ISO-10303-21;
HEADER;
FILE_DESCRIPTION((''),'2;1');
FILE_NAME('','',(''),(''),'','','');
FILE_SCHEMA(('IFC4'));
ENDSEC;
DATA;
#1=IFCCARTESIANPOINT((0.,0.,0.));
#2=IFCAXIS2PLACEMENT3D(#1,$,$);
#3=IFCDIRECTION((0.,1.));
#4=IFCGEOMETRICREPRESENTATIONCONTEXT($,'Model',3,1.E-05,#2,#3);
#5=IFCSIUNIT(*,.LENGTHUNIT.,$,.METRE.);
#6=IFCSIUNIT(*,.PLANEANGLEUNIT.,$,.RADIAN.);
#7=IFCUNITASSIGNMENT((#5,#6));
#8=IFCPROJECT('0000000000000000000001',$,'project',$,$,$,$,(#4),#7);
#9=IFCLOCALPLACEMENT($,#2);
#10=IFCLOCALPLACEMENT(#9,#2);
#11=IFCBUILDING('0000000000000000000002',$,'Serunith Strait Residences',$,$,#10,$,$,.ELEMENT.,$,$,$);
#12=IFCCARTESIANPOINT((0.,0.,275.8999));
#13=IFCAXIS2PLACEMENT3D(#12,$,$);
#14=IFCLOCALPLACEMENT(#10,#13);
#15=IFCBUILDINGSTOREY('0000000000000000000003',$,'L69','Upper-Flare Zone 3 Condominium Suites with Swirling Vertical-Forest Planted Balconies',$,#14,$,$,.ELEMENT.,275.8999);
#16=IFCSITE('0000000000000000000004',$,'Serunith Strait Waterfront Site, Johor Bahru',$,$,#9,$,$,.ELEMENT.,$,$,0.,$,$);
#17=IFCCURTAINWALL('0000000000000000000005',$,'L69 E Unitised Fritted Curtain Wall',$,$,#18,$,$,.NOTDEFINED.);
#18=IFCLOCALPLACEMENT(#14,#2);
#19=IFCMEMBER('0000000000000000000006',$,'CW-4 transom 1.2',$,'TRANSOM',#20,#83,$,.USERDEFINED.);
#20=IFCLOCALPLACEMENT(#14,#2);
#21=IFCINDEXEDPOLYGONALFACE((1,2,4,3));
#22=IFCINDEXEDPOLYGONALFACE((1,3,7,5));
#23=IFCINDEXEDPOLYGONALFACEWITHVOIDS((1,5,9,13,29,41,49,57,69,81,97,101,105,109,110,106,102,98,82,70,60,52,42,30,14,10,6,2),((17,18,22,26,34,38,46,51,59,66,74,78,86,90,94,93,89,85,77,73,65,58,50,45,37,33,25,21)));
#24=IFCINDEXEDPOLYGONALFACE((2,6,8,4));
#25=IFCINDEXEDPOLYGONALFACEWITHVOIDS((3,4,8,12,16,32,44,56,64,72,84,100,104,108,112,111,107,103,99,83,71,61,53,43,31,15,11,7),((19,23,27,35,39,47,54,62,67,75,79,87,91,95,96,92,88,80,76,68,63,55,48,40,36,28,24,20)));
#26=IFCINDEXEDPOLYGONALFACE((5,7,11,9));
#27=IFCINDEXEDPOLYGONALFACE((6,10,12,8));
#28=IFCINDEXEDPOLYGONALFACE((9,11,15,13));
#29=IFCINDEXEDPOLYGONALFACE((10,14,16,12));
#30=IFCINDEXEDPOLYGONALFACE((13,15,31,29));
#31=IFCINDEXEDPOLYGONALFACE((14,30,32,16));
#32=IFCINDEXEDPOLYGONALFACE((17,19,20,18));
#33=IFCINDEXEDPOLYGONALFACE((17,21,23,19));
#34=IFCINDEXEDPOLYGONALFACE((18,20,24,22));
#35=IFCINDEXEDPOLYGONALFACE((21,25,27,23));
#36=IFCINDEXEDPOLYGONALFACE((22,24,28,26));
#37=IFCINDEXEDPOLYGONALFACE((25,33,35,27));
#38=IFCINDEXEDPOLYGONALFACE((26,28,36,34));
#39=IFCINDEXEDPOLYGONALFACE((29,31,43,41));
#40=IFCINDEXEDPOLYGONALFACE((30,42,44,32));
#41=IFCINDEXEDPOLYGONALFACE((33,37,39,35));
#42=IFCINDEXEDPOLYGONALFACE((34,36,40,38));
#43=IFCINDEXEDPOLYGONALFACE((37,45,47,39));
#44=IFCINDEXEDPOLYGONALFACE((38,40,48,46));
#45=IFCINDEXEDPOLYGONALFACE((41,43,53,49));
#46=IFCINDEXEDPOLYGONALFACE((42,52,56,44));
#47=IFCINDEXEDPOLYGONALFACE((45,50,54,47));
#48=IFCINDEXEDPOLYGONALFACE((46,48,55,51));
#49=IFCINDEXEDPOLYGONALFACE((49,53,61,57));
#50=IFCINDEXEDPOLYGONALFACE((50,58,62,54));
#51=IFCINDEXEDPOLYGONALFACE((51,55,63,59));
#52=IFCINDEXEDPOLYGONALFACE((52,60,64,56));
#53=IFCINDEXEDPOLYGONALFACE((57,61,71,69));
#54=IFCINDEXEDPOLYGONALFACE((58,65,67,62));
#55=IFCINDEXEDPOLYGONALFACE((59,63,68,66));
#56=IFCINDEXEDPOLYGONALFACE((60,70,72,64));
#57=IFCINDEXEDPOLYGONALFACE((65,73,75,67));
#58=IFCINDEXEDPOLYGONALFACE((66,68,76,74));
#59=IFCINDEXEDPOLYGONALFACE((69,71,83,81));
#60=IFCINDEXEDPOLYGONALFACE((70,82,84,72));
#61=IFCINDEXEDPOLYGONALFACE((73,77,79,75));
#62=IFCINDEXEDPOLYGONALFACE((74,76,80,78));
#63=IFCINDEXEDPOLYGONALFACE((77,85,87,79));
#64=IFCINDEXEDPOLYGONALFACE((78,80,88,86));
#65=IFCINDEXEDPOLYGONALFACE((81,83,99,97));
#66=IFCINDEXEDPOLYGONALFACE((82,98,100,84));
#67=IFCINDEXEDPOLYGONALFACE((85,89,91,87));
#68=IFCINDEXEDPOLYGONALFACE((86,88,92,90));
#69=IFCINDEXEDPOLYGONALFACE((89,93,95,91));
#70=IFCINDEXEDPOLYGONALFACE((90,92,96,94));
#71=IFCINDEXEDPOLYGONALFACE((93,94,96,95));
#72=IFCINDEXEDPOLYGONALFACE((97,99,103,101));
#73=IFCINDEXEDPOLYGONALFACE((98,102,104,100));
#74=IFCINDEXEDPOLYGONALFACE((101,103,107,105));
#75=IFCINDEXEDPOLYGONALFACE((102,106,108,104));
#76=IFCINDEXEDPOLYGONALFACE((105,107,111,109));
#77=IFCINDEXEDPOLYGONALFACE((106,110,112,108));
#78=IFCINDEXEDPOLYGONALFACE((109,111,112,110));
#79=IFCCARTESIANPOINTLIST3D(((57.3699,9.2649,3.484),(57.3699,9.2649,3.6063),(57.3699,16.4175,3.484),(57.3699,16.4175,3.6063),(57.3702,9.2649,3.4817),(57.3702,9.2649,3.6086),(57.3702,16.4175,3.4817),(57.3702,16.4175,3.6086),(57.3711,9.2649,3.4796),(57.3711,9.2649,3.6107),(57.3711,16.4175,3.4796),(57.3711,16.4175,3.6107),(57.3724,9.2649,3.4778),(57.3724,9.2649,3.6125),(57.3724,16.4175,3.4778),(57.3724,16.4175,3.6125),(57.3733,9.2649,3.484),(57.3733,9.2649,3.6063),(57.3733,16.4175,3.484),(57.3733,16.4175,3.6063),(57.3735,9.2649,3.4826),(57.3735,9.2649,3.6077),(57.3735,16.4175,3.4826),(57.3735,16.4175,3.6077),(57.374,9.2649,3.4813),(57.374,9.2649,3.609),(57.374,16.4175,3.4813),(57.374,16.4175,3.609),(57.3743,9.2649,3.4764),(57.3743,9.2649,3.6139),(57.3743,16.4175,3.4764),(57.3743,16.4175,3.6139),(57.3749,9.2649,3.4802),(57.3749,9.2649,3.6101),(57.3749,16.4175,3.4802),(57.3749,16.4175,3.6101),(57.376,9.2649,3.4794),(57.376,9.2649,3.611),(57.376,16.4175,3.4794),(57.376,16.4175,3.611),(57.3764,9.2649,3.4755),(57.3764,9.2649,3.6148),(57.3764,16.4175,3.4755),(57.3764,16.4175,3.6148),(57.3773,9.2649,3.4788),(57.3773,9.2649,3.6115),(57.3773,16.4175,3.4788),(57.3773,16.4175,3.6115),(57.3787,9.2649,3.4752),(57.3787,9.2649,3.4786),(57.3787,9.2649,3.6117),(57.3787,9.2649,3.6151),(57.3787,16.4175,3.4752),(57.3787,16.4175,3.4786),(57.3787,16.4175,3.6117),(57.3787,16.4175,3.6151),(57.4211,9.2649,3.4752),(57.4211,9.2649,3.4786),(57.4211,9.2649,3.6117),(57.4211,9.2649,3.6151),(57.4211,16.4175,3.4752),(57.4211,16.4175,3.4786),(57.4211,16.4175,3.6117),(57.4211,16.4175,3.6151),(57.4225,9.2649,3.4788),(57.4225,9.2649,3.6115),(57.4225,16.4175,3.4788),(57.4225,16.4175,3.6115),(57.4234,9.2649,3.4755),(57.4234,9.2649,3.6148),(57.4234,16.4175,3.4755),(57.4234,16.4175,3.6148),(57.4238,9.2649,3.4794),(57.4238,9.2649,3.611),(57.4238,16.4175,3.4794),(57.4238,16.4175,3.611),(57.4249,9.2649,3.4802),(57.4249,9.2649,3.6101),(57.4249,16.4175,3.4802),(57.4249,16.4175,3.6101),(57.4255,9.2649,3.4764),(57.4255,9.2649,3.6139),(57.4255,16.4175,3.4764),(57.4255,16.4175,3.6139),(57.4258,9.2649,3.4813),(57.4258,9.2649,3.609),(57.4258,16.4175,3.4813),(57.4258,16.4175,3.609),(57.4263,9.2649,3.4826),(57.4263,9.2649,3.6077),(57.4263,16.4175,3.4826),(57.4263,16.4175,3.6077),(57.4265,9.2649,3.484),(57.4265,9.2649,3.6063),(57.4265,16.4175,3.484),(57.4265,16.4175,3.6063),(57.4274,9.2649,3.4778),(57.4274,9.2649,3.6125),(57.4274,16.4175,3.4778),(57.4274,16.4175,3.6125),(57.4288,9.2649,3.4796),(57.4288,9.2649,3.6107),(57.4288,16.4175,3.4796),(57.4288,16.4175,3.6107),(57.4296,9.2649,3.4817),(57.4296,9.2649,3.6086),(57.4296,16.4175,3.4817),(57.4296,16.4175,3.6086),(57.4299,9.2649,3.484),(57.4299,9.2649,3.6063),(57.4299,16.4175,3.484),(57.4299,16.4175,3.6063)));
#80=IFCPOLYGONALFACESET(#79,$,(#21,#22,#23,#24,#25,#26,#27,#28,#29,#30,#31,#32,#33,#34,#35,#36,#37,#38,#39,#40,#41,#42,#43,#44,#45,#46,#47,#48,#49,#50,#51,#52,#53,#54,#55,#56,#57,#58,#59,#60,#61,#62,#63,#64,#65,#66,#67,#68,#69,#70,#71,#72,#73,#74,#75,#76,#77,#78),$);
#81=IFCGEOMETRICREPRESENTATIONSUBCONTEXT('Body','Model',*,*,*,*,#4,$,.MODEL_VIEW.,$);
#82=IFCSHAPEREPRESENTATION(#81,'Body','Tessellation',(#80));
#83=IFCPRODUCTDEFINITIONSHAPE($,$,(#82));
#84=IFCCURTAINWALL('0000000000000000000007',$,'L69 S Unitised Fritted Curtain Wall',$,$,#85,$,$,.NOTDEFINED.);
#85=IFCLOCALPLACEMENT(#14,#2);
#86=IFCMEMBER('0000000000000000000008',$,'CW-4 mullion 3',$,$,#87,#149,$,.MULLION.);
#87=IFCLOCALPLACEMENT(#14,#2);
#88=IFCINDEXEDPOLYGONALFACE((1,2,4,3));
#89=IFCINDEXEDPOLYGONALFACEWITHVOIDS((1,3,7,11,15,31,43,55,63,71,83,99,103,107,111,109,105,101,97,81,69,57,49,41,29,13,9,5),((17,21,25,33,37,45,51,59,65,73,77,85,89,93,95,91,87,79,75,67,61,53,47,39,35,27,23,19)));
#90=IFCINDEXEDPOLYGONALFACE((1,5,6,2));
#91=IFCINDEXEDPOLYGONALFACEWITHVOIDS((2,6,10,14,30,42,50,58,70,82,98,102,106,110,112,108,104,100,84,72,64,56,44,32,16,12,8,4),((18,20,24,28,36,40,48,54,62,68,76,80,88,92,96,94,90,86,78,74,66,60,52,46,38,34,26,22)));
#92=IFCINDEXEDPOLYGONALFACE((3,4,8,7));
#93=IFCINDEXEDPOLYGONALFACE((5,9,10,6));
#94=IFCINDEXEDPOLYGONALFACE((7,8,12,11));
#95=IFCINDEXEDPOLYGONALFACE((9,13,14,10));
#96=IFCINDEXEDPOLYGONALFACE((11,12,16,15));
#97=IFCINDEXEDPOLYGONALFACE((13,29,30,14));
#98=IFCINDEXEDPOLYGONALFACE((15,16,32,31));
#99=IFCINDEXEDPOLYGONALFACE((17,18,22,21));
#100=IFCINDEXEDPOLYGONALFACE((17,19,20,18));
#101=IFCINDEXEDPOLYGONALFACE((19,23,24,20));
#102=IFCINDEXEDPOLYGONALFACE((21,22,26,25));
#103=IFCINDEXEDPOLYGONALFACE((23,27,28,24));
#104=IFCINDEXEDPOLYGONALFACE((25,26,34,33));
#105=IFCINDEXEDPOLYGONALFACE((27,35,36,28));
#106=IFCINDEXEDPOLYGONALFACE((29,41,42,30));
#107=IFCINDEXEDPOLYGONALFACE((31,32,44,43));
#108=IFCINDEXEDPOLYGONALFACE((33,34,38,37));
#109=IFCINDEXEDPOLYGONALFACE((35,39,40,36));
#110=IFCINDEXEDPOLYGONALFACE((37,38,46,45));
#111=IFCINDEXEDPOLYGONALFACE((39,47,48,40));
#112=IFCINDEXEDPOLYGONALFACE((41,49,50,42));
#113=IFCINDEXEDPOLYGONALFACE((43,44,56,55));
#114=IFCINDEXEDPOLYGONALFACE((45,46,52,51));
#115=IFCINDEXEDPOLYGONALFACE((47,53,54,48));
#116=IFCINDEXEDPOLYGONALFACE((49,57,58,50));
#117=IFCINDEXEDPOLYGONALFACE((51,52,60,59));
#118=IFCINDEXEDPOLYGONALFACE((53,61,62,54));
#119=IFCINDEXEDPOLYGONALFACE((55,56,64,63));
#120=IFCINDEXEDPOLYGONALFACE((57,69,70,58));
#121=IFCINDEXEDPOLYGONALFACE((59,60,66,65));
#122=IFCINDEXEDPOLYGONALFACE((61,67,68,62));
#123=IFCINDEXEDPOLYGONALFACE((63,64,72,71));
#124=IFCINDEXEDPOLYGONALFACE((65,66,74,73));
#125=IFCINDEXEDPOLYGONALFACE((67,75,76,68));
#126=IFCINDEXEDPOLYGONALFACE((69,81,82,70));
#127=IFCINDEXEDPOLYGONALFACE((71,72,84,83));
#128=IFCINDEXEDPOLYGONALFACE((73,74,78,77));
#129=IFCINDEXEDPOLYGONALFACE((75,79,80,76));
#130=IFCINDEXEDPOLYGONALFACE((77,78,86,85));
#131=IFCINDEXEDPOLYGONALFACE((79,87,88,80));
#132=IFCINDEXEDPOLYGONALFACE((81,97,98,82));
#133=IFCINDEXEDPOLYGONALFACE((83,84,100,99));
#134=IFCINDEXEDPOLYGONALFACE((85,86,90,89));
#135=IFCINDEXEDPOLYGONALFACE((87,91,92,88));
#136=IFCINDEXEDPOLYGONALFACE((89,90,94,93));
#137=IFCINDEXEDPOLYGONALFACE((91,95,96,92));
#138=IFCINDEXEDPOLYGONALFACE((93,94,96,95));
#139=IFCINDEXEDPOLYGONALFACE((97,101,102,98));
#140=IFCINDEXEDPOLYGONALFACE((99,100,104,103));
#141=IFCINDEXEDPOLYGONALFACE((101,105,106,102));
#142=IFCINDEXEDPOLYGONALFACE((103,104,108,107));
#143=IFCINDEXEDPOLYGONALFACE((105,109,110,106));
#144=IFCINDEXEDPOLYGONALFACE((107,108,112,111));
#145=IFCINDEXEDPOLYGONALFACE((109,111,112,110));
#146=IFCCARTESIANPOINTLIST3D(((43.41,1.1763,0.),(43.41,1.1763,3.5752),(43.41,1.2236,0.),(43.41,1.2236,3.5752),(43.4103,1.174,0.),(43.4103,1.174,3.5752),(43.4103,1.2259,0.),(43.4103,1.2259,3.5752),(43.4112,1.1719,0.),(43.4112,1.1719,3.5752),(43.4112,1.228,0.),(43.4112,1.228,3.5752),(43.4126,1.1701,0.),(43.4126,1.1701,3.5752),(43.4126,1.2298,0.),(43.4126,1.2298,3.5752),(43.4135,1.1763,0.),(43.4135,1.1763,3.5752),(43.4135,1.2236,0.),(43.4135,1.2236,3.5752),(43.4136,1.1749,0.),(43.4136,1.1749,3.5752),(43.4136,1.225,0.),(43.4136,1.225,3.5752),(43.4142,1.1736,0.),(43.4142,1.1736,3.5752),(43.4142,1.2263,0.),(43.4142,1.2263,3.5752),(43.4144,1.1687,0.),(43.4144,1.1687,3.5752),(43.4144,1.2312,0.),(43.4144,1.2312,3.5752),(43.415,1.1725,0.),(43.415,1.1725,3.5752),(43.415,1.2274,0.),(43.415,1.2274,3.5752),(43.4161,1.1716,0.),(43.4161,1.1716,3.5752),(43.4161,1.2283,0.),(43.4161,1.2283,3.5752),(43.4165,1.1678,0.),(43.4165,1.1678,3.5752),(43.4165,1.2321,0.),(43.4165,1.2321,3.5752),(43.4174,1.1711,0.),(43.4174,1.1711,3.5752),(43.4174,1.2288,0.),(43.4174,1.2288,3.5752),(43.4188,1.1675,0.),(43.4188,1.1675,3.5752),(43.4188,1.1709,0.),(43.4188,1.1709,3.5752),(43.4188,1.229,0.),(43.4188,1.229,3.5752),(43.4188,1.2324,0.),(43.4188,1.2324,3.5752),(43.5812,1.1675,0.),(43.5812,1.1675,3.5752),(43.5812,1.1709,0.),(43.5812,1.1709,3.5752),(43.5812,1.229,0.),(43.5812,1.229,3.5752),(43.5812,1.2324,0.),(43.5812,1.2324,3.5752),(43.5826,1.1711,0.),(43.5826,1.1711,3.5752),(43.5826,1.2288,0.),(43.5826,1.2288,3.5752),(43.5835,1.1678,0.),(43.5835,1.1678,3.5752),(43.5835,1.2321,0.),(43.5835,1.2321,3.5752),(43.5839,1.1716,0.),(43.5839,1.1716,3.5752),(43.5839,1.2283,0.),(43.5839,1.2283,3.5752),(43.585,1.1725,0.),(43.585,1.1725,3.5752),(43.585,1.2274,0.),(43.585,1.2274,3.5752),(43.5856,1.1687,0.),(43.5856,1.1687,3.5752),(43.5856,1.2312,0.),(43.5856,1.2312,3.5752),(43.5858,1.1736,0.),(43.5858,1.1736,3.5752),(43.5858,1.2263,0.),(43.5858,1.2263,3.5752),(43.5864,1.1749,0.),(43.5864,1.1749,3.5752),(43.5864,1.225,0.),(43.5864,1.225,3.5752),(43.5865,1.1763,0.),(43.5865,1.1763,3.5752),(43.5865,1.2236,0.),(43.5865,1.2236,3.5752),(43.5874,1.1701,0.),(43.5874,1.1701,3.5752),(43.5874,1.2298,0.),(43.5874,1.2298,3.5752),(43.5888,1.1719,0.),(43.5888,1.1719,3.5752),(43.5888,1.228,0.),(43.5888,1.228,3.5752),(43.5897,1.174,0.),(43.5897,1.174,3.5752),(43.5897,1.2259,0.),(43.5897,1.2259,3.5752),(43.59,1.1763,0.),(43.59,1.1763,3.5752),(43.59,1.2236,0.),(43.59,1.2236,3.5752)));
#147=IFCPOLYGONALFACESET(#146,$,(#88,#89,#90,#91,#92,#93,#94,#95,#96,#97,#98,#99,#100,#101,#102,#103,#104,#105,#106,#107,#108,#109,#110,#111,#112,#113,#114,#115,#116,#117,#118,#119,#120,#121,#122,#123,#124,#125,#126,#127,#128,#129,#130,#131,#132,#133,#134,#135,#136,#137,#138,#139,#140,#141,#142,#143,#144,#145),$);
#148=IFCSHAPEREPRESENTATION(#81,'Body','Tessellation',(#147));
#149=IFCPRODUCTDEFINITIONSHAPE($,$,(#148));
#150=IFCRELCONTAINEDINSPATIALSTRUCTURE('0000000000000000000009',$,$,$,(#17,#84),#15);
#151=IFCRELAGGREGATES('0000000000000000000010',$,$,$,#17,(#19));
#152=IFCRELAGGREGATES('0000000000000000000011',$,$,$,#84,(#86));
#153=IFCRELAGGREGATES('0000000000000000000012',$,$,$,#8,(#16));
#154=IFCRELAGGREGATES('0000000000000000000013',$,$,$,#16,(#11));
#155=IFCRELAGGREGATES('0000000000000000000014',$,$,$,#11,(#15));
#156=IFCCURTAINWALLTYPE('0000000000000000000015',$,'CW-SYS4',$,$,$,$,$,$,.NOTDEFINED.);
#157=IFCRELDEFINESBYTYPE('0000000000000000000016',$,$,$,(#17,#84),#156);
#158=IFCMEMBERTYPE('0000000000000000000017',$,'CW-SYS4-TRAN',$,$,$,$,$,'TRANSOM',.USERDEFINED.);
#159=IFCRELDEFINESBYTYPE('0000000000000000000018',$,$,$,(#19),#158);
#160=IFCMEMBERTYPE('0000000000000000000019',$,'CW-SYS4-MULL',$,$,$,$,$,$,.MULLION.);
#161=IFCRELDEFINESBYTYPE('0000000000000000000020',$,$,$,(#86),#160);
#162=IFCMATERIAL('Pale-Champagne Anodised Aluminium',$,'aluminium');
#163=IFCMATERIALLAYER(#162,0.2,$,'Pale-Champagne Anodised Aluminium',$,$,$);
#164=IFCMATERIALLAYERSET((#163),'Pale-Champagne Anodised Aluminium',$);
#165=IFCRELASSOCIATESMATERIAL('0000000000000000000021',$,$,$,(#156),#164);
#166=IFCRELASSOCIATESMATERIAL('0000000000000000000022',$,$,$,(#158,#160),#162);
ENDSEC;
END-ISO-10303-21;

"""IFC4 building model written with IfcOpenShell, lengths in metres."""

from ifc_helpers import new_model, si_unit, direction, frame, origin, origin_2d, place, context, subcontext, project, spatial, hollow_rectangle, extrude, source, transform, mapped, material, layer, layer_set, material_profile, profile_set, type_object, element, aggregate, save


model = new_model("IFC4")

# Units and contexts
model_context = context("Model", 3, precision=1e-05, world=origin(), true_north=direction((0.0, 1.0)))
body_context = subcontext(model_context, "Body", "Model", "MODEL_VIEW")
ifc_project = project(units=[si_unit("LENGTHUNIT", "METRE"), si_unit("PLANEANGLEUNIT", "RADIAN")], contexts=[model_context])

# Site, building, storey
site_placement = place(None, origin())
site = spatial("IfcSite", under=ifc_project, at=site_placement, Name="Serunith Strait Waterfront Site, Johor Bahru", CompositionType="ELEMENT", RefElevation=0.0)
building_placement = place(site_placement, origin())
building = spatial("IfcBuilding", under=site, at=building_placement, Name="Serunith Strait Residences", CompositionType="ELEMENT")
storey_placement = place(building_placement, frame((0.0, 0.0, 275.8999)))
storey = spatial("IfcBuildingStorey", under=building, at=storey_placement, Name="L69", Description="Upper-Flare Zone 3 Condominium Suites with Swirling Vertical-Forest Planted Balconies", CompositionType="ELEMENT", Elevation=275.8999)

# Curtain walls, members
ifc_material_1 = material(Name="Pale-Champagne Anodised Aluminium", Category="aluminium")
ifc_layer_1 = layer(ifc_material_1, 0.2, Name="Pale-Champagne Anodised Aluminium")
ifc_layer_set_1 = layer_set([ifc_layer_1], Name="Pale-Champagne Anodised Aluminium")
curtain_wall_type = type_object("IfcCurtainWallType", Name="CW-SYS4", PredefinedType="NOTDEFINED", material=ifc_layer_set_1)
curtain_wall_1_placement = place(storey_placement, origin())
curtain_wall_1 = element("IfcCurtainWall", 1, at=curtain_wall_1_placement, inside=storey, type_object=curtain_wall_type, Name="L69 E Unitised Fritted Curtain Wall", PredefinedType="NOTDEFINED")
ifc_material_profile_1 = material_profile(ifc_material_1, hollow_rectangle(XDim=0.0601, YDim=0.1399, WallThickness=0.0034, InnerFilletRadius=0.0054, OuterFilletRadius=0.0088, at=origin_2d()), Name="ALU 140x60x3.5")
ifc_profile_set_1 = profile_set([ifc_material_profile_1], Name="Pale-Champagne Anodised Aluminium")
member_type_1 = type_object("IfcMemberType", Name="CW-SYS4-TRAN", ElementType="TRANSOM", PredefinedType="USERDEFINED", material=ifc_profile_set_1)
shared_shape_1 = source(origin(), body_context, "Body", "SweptSolid", [
    extrude(hollow_rectangle(XDim=0.0601, YDim=0.1399, WallThickness=0.0034, InnerFilletRadius=0.0054, OuterFilletRadius=0.0088, at=origin_2d()), origin(), (0.0, 0.0, 1.0), 7.1526),
])
member_1_placement = place(storey_placement, frame((57.3999, 9.2649, 3.5452), z_axis=(0.0, 1.0, 0.0), x_axis=(-1.0, 0.0, 0.0)))
member_1 = element("IfcMember", 2, at=member_1_placement, type_object=member_type_1, Name="CW-4 transom 1.2", ObjectType="TRANSOM", PredefinedType="USERDEFINED", context=body_context, shape_type="MappedRepresentation", body=[
    mapped(shared_shape_1, transform((0.0, 0.0, 0.0), scale=1.0)),
])
curtain_wall_2_placement = place(storey_placement, origin())
curtain_wall_2 = element("IfcCurtainWall", 3, at=curtain_wall_2_placement, inside=storey, type_object=curtain_wall_type, Name="L69 S Unitised Fritted Curtain Wall", PredefinedType="NOTDEFINED")
ifc_material_profile_2 = material_profile(ifc_material_1, hollow_rectangle(XDim=0.0649, YDim=0.1799, WallThickness=0.0034, InnerFilletRadius=0.0054, OuterFilletRadius=0.0088, at=origin_2d()), Name="ALU 180x65x3.5")
ifc_profile_set_2 = profile_set([ifc_material_profile_2], Name="Pale-Champagne Anodised Aluminium")
member_type_2 = type_object("IfcMemberType", Name="CW-SYS4-MULL", PredefinedType="MULLION", material=ifc_profile_set_2)
shared_shape_2 = source(origin(), body_context, "Body", "SweptSolid", [
    extrude(hollow_rectangle(XDim=0.0649, YDim=0.1799, WallThickness=0.0034, InnerFilletRadius=0.0054, OuterFilletRadius=0.0088, at=origin_2d()), origin(), (0.0, 0.0, 1.0), 3.5752),
])
member_2_placement = place(storey_placement, frame((43.5, 1.2, 0.0), z_axis=(0.0, 0.0, 1.0), x_axis=(0.0, 1.0, 0.0)))
member_2 = element("IfcMember", 4, at=member_2_placement, type_object=member_type_2, Name="CW-4 mullion 3", PredefinedType="MULLION", context=body_context, shape_type="MappedRepresentation", body=[
    mapped(shared_shape_2, transform((0.0, 0.0, 0.0), scale=1.0)),
])

aggregate(curtain_wall_1, [member_1])

aggregate(curtain_wall_2, [member_2])

save(model, "model.ifc")
